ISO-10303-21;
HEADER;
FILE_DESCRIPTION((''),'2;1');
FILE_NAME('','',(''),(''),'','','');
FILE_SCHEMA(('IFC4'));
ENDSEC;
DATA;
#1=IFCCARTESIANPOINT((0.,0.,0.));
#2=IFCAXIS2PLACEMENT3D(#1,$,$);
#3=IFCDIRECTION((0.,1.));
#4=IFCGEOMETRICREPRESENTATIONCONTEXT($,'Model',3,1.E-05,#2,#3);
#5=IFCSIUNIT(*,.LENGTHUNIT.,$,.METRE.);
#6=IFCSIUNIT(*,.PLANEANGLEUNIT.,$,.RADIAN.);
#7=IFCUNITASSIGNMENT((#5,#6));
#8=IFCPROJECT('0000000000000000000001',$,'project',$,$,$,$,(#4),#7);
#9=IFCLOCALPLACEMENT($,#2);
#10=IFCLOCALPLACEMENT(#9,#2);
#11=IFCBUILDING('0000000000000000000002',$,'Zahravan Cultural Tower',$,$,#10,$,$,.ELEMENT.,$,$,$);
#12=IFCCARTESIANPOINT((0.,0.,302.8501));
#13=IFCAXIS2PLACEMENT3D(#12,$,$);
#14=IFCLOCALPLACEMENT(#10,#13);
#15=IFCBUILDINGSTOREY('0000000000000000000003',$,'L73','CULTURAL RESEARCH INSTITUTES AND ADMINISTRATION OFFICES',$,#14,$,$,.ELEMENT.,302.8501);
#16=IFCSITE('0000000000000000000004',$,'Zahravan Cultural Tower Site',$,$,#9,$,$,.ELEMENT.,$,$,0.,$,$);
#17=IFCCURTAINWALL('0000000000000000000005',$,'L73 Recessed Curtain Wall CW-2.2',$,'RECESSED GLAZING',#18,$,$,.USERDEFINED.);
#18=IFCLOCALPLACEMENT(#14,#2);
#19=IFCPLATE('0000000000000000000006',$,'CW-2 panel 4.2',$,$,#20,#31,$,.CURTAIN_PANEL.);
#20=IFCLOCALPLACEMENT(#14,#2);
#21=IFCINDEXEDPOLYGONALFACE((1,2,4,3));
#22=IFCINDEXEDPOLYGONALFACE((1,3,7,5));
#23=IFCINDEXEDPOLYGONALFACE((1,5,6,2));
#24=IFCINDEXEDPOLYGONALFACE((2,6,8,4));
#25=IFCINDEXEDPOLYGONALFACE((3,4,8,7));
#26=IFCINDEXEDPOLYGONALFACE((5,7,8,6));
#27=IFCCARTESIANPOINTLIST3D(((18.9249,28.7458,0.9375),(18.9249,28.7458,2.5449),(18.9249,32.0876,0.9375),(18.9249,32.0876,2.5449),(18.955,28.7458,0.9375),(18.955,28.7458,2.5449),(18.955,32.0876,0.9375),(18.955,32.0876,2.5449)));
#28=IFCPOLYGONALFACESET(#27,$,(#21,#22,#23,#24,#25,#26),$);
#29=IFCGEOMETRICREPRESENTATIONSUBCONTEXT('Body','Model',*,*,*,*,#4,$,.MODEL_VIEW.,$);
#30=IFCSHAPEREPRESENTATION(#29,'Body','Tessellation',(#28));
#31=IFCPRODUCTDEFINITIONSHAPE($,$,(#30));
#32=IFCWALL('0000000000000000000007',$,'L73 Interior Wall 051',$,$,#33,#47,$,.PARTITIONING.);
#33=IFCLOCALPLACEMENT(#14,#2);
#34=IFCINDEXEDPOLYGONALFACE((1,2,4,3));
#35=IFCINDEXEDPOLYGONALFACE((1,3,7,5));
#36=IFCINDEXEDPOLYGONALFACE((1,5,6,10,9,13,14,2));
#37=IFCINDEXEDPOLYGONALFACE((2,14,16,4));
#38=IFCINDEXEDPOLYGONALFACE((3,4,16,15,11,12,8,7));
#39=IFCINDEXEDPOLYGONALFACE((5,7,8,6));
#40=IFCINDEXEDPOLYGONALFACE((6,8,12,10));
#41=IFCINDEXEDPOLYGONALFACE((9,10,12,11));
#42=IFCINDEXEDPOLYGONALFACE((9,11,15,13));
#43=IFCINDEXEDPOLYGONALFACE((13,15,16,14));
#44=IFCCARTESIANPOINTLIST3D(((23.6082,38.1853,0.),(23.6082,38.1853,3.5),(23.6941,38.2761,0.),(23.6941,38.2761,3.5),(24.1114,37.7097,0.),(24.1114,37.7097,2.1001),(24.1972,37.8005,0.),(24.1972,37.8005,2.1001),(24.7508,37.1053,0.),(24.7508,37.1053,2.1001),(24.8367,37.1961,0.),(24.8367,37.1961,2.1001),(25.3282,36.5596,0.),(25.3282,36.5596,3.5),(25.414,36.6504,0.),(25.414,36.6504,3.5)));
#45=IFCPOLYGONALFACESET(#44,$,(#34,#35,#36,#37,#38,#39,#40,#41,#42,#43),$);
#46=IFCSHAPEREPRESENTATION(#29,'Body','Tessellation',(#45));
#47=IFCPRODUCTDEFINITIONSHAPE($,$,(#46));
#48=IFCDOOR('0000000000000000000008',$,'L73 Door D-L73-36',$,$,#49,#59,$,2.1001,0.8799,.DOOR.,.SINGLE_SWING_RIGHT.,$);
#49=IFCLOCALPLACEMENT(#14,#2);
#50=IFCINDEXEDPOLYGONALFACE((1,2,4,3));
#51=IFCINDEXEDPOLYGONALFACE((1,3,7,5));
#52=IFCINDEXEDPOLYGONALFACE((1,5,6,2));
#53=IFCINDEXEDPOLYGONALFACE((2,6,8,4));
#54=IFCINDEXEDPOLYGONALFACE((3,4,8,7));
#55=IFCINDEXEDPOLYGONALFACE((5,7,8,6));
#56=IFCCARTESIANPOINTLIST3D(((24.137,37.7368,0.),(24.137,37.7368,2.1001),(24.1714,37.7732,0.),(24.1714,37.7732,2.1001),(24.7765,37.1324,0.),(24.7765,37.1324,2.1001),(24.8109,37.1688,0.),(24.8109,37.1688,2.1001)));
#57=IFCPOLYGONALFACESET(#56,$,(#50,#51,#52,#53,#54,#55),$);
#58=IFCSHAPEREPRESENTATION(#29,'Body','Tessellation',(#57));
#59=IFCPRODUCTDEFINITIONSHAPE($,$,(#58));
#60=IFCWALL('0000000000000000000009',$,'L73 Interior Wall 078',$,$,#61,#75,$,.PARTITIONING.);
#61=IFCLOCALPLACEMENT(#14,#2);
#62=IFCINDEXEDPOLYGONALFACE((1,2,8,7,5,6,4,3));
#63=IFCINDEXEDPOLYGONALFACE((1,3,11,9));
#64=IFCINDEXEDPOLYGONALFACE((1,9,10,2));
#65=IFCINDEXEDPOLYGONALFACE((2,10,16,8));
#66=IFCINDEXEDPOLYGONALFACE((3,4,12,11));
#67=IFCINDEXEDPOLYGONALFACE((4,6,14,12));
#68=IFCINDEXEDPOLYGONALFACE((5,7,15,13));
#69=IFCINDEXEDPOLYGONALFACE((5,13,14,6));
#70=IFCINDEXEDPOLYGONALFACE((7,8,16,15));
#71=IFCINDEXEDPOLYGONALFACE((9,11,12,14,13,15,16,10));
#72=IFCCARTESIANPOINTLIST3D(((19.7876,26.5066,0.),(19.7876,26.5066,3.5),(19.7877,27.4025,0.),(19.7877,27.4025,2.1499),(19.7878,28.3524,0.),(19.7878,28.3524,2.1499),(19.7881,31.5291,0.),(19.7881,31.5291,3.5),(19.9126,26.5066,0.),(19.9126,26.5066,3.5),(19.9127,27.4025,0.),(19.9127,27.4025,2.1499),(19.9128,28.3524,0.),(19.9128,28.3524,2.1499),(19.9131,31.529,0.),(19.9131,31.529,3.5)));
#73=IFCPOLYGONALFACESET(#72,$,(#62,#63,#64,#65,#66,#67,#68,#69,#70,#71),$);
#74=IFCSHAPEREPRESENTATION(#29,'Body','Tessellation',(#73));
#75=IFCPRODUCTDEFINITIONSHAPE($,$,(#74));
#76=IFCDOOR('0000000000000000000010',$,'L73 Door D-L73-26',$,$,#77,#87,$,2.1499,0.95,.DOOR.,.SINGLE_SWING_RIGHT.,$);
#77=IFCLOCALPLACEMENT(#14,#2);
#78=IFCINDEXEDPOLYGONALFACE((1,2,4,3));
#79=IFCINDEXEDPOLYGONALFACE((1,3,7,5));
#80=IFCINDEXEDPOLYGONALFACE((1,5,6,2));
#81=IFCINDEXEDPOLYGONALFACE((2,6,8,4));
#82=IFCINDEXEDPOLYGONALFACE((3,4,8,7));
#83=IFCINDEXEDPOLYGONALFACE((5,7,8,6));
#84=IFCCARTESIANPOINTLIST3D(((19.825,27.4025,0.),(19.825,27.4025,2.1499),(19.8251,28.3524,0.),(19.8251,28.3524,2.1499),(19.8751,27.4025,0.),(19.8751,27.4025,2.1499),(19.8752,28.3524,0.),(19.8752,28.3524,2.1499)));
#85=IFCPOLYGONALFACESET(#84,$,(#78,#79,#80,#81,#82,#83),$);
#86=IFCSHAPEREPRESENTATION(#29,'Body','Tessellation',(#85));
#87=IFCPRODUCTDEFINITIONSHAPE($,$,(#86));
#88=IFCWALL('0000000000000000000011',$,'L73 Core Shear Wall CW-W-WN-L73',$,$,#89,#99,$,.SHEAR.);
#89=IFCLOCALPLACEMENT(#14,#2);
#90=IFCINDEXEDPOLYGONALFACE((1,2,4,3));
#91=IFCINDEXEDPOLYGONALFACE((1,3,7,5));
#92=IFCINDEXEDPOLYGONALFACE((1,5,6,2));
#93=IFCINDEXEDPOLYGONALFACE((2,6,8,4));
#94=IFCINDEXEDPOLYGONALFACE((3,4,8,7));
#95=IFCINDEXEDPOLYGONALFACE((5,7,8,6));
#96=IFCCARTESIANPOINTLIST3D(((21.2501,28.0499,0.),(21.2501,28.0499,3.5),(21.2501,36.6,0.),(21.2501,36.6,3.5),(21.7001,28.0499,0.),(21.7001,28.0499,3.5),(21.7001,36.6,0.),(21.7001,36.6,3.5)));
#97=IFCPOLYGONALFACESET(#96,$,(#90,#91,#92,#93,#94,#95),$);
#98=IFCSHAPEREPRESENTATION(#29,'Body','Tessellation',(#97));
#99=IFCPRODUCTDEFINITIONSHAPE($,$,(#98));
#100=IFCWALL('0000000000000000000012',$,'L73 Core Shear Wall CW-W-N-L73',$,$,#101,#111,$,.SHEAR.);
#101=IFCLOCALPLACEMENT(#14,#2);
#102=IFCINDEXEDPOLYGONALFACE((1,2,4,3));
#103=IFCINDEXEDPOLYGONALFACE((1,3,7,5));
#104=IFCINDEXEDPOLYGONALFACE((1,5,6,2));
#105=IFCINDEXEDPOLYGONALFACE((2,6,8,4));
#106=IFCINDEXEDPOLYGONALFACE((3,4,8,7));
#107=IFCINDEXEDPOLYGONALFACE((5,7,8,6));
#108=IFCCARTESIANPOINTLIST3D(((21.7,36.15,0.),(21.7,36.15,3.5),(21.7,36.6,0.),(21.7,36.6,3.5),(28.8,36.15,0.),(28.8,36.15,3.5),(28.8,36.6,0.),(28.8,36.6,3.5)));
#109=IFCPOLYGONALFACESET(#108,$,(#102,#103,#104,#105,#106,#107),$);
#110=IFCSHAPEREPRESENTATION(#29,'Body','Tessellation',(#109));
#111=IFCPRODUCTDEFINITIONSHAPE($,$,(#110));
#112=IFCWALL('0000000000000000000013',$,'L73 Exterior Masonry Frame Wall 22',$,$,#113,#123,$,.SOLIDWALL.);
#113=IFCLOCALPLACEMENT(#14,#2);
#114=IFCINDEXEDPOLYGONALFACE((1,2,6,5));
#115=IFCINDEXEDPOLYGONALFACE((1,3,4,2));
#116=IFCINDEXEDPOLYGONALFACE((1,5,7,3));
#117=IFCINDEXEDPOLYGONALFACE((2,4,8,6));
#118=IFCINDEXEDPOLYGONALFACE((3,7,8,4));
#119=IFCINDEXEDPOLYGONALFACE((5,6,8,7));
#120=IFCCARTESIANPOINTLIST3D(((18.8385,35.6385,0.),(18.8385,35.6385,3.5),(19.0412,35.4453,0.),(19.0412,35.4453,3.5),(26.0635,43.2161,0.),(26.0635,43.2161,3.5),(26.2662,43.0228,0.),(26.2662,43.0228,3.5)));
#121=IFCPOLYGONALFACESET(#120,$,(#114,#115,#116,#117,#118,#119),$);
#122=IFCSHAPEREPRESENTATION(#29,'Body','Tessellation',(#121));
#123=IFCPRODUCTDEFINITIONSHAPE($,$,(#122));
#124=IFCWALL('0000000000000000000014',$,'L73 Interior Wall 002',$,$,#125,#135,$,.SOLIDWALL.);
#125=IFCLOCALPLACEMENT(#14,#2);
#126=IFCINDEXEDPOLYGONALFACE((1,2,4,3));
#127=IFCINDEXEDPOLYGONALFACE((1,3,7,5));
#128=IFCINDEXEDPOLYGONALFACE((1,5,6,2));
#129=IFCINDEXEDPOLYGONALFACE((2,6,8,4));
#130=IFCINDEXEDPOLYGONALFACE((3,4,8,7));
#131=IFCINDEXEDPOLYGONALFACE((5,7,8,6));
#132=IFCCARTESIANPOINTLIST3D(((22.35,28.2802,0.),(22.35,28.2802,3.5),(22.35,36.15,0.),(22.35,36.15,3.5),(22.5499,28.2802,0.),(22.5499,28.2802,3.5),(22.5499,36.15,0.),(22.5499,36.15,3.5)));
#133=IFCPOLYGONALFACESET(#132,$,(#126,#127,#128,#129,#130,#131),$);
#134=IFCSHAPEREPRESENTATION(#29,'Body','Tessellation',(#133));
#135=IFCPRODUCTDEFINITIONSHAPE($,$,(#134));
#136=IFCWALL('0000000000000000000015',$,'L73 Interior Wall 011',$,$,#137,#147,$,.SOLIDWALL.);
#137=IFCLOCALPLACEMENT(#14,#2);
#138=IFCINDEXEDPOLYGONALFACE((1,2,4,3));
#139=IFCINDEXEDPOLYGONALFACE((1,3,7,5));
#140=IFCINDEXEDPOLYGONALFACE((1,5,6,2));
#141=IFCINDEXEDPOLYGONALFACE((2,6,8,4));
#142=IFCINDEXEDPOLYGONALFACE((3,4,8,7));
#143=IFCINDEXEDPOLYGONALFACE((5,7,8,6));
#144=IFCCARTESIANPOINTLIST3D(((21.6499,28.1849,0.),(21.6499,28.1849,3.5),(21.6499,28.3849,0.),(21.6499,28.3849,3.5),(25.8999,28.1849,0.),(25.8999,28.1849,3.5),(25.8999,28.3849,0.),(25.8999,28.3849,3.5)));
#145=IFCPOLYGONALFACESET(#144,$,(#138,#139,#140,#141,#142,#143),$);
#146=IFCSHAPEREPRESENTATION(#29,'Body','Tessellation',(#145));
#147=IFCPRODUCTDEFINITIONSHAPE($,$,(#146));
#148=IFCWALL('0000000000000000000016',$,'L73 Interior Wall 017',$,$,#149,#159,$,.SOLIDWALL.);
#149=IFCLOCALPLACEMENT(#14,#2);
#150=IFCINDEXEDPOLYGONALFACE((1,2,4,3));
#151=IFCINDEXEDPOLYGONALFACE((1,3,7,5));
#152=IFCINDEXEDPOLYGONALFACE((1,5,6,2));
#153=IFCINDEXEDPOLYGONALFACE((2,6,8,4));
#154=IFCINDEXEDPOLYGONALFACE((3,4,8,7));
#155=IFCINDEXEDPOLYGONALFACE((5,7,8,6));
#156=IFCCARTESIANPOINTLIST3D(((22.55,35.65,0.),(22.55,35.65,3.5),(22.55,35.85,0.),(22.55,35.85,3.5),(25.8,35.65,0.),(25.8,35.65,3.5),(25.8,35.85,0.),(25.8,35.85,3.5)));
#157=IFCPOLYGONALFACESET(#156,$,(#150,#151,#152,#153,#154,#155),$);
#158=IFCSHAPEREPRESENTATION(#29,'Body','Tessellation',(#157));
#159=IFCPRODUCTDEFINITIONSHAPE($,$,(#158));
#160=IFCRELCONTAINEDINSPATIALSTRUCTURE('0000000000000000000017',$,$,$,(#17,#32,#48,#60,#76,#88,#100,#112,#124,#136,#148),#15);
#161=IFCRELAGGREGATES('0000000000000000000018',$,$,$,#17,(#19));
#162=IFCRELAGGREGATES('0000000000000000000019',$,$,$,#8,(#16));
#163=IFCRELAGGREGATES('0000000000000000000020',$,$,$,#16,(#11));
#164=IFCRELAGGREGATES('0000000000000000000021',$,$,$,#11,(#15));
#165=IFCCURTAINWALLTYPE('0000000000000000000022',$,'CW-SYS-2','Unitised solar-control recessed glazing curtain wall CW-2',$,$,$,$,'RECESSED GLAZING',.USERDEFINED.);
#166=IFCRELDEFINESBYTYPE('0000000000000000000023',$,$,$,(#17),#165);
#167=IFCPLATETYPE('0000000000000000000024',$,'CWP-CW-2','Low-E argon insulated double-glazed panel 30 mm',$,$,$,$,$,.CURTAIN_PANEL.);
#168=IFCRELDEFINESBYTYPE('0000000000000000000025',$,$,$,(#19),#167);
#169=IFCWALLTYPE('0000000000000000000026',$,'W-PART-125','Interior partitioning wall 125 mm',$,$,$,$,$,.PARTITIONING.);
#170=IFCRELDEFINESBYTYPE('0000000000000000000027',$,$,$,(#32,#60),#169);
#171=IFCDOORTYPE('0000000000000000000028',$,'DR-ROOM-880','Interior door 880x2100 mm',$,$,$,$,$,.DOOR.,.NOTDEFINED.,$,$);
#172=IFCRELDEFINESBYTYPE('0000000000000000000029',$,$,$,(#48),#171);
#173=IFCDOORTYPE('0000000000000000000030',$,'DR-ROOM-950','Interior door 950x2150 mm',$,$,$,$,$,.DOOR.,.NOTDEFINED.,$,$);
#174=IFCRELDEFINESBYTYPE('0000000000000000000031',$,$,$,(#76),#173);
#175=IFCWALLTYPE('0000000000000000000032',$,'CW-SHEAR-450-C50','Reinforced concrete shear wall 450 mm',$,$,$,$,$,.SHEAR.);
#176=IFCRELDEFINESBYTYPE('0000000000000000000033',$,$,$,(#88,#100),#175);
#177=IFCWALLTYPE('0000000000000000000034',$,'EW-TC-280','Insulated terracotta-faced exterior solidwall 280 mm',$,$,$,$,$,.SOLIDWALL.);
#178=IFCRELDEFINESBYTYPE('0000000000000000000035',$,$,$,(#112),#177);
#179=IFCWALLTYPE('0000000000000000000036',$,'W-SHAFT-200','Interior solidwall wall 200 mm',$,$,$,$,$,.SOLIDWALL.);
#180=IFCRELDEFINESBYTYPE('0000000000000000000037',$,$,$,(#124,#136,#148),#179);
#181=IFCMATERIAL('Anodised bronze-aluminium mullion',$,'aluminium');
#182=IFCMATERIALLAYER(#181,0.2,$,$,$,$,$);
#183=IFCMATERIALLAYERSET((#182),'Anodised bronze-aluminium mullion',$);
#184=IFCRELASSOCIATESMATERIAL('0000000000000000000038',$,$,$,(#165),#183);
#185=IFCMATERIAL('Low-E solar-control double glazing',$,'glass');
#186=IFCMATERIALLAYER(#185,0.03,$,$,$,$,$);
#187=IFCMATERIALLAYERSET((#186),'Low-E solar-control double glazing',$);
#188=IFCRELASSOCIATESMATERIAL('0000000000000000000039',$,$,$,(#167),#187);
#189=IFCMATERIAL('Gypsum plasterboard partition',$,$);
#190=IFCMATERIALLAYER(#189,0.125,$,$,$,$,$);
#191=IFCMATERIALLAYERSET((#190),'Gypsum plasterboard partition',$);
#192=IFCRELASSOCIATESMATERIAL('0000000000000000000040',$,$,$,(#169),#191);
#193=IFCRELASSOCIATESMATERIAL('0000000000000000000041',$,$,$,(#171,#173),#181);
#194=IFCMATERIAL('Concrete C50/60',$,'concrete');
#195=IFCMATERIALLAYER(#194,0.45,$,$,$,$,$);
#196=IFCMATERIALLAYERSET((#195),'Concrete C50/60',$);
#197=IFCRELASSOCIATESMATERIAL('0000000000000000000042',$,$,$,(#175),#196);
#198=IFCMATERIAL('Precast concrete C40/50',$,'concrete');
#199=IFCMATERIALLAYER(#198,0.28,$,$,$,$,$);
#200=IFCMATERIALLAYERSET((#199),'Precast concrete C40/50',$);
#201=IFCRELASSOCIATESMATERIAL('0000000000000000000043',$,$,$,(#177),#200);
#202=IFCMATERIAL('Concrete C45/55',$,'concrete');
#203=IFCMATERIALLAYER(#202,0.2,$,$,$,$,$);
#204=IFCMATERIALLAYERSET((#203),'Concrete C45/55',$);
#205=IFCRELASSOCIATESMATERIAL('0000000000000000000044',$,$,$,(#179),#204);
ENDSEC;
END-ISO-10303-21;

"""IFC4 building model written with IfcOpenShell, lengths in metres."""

from ifc_helpers import new_model, si_unit, direction, frame, frame_2d, origin, origin_2d, place, context, subcontext, project, spatial, rectangle, extrude, source, transform, mapped, material, layer, layer_set, type_object, element, fill, aggregate, save


model = new_model("IFC4")

# Units and contexts
model_context = context("Model", 3, precision=1e-05, world=origin(), true_north=direction((0.0, 1.0)))
body_context = subcontext(model_context, "Body", "Model", "MODEL_VIEW")
ifc_project = project(units=[si_unit("LENGTHUNIT", "METRE"), si_unit("PLANEANGLEUNIT", "RADIAN")], contexts=[model_context])

# Site, building, storey
site_placement = place(None, origin())
site = spatial("IfcSite", under=ifc_project, at=site_placement, Name="Zahravan Cultural Tower Site", CompositionType="ELEMENT", RefElevation=0.0)
building_placement = place(site_placement, origin())
building = spatial("IfcBuilding", under=site, at=building_placement, Name="Zahravan Cultural Tower", CompositionType="ELEMENT")
storey_placement = place(building_placement, frame((0.0, 0.0, 302.8501)))
storey = spatial("IfcBuildingStorey", under=building, at=storey_placement, Name="L73", Description="CULTURAL RESEARCH INSTITUTES AND ADMINISTRATION OFFICES", CompositionType="ELEMENT", Elevation=302.8501)

# Shared definitions
ifc_material_1 = material(Name="Concrete C50/60", Category="concrete")

# Curtain wall, plate
ifc_material_2 = material(Name="Anodised bronze-aluminium mullion", Category="aluminium")
ifc_layer_1 = layer(ifc_material_2, 0.2)
ifc_layer_set_1 = layer_set([ifc_layer_1], Name="Anodised bronze-aluminium mullion")
curtain_wall_type = type_object("IfcCurtainWallType", Name="CW-SYS-2", Description="Unitised solar-control recessed glazing curtain wall CW-2", ElementType="RECESSED GLAZING", PredefinedType="USERDEFINED", material=ifc_layer_set_1)
curtain_wall_placement = place(storey_placement, origin())
curtain_wall = element("IfcCurtainWall", 1, at=curtain_wall_placement, inside=storey, type_object=curtain_wall_type, Name="L73 Recessed Curtain Wall CW-2.2", ObjectType="RECESSED GLAZING", PredefinedType="USERDEFINED")
ifc_material_3 = material(Name="Low-E solar-control double glazing", Category="glass")
ifc_layer_2 = layer(ifc_material_3, 0.03)
ifc_layer_set_2 = layer_set([ifc_layer_2], Name="Low-E solar-control double glazing")
plate_type = type_object("IfcPlateType", Name="CWP-CW-2", Description="Low-E argon insulated double-glazed panel 30 mm", PredefinedType="CURTAIN_PANEL", material=ifc_layer_set_2)
shared_shape_1 = source(origin(), body_context, "Body", "SweptSolid", [
    extrude(rectangle(XDim=3.3418, YDim=0.03, at=origin_2d()), origin(), (0.0, 0.0, 1.0), 1.6074),
])
plate_1_placement = place(storey_placement, frame((18.9399, 30.4167, 0.9375), z_axis=(0.0, 0.0, 1.0), x_axis=(0.0, 1.0, 0.0)))
plate_1 = element("IfcPlate", 2, at=plate_1_placement, type_object=plate_type, Name="CW-2 panel 4.2", PredefinedType="CURTAIN_PANEL", context=body_context, shape_type="MappedRepresentation", body=[
    mapped(shared_shape_1, transform((0.0, 0.0, 0.0), x_axis=(1.0, 0.0, 0.0), y_axis=(0.0, 1.0, 0.0), z_axis=(0.0, 0.0, 1.0), scale=1.0)),
])
aggregate(curtain_wall, [plate_1])

# Walls, openings, doors
ifc_material_4 = material(Name="Gypsum plasterboard partition")
ifc_layer_3 = layer(ifc_material_4, 0.125)
ifc_layer_set_3 = layer_set([ifc_layer_3], Name="Gypsum plasterboard partition")
wall_type_1 = type_object("IfcWallType", Name="W-PART-125", Description="Interior partitioning wall 125 mm", PredefinedType="PARTITIONING", material=ifc_layer_set_3)
wall_1_placement = place(storey_placement, frame((23.6511, 38.2307, 0.0), z_axis=(0.0, 0.0, 1.0), x_axis=(0.726736, -0.686917, 0.0)))
wall_1 = element("IfcWall", 3, at=wall_1_placement, inside=storey, type_object=wall_type_1, Name="L73 Interior Wall 051", PredefinedType="PARTITIONING", context=body_context, shape_type="SweptSolid", body=[
    extrude(rectangle(XDim=2.3667, YDim=0.125, at=frame_2d((1.1833, 0.0))), origin(), (0.0, 0.0, 1.0), 3.5),
])
opening_1_placement = place(wall_1_placement, frame((0.6924, 0.0, 0.0)))
opening_1 = element("IfcOpeningElement", 4, at=opening_1_placement, cuts=wall_1, PredefinedType="OPENING", context=body_context, shape_type="SweptSolid", body=[
    extrude(rectangle(XDim=0.8799, YDim=2.1001, at=frame_2d((0.4399, 1.05))), frame((0.0, 0.0725, 0.0), z_axis=(0.0, -1.0, 0.0), x_axis=(1.0, 0.0, 0.0)), (0.0, 0.0, 1.0), 0.145),
])
door_type_1 = type_object("IfcDoorType", Name="DR-ROOM-880", Description="Interior door 880x2100 mm", OperationType="NOTDEFINED", PredefinedType="DOOR", material=ifc_material_2)
shared_shape_2 = source(origin(), body_context, "Body", "SweptSolid", [
    extrude(rectangle(XDim=0.8799, YDim=2.1001, at=frame_2d((0.4399, 1.05))), frame((0.0, 0.0249, 0.0), z_axis=(0.0, -1.0, 0.0), x_axis=(1.0, 0.0, 0.0)), (0.0, 0.0, 1.0), 0.05),
])
door_1_placement = place(opening_1_placement, origin())
door_1 = element("IfcDoor", 5, at=door_1_placement, inside=storey, type_object=door_type_1, Name="L73 Door D-L73-36", OperationType="SINGLE_SWING_RIGHT", OverallHeight=2.1001, OverallWidth=0.8799, PredefinedType="DOOR", context=body_context, shape_type="MappedRepresentation", body=[
    mapped(shared_shape_2, transform((0.0, 0.0, 0.0), x_axis=(1.0, 0.0, 0.0), y_axis=(0.0, 1.0, 0.0), z_axis=(0.0, 0.0, 1.0), scale=1.0)),
])
fill(opening_1, door_1)
wall_2_placement = place(storey_placement, frame((19.8506, 31.5291, 0.0), z_axis=(0.0, 0.0, 1.0), x_axis=(-0.000097, -1.0, 0.0)))
wall_2 = element("IfcWall", 6, at=wall_2_placement, inside=storey, type_object=wall_type_1, Name="L73 Interior Wall 078", PredefinedType="PARTITIONING", context=body_context, shape_type="SweptSolid", body=[
    extrude(rectangle(XDim=5.0225, YDim=0.125, at=frame_2d((2.5112, 0.0))), origin(), (0.0, 0.0, 1.0), 3.5),
])
opening_2_placement = place(wall_2_placement, frame((3.1765, 0.0, 0.0)))
opening_2 = element("IfcOpeningElement", 7, at=opening_2_placement, cuts=wall_2, PredefinedType="OPENING", context=body_context, shape_type="SweptSolid", body=[
    extrude(rectangle(XDim=0.95, YDim=2.1499, at=frame_2d((0.4751, 1.075))), frame((0.0, 0.0725, 0.0), z_axis=(0.0, -1.0, 0.0), x_axis=(1.0, 0.0, 0.0)), (0.0, 0.0, 1.0), 0.145),
])
door_type_2 = type_object("IfcDoorType", Name="DR-ROOM-950", Description="Interior door 950x2150 mm", OperationType="NOTDEFINED", PredefinedType="DOOR", material=ifc_material_2)
shared_shape_3 = source(origin(), body_context, "Body", "SweptSolid", [
    extrude(rectangle(XDim=0.95, YDim=2.1499, at=frame_2d((0.4751, 1.075))), frame((0.0, 0.0249, 0.0), z_axis=(0.0, -1.0, 0.0), x_axis=(1.0, 0.0, 0.0)), (0.0, 0.0, 1.0), 0.05),
])
door_2_placement = place(opening_2_placement, origin())
door_2 = element("IfcDoor", 8, at=door_2_placement, inside=storey, type_object=door_type_2, Name="L73 Door D-L73-26", OperationType="SINGLE_SWING_RIGHT", OverallHeight=2.1499, OverallWidth=0.95, PredefinedType="DOOR", context=body_context, shape_type="MappedRepresentation", body=[
    mapped(shared_shape_3, transform((0.0, 0.0, 0.0), x_axis=(1.0, 0.0, 0.0), y_axis=(0.0, 1.0, 0.0), z_axis=(0.0, 0.0, 1.0), scale=1.0)),
])
fill(opening_2, door_2)

# Walls
ifc_layer_4 = layer(ifc_material_1, 0.45)
ifc_layer_set_4 = layer_set([ifc_layer_4], Name="Concrete C50/60")
wall_type_2 = type_object("IfcWallType", Name="CW-SHEAR-450-C50", Description="Reinforced concrete shear wall 450 mm", PredefinedType="SHEAR", material=ifc_layer_set_4)
shared_shape_4 = source(origin(), body_context, "Body", "SweptSolid", [
    extrude(rectangle(XDim=8.55, YDim=0.45, at=frame_2d((4.2749, 0.0))), origin(), (0.0, 0.0, 1.0), 3.5),
])
wall_3_placement = place(storey_placement, frame((21.4751, 28.05, 0.0), z_axis=(0.0, 0.0, 1.0), x_axis=(0.0, 1.0, 0.0)))
element("IfcWall", 9, at=wall_3_placement, inside=storey, type_object=wall_type_2, Name="L73 Core Shear Wall CW-W-WN-L73", PredefinedType="SHEAR", context=body_context, shape_type="MappedRepresentation", body=[
    mapped(shared_shape_4, transform((0.0, 0.0, 0.0), x_axis=(1.0, 0.0, 0.0), y_axis=(0.0, 1.0, 0.0), z_axis=(0.0, 0.0, 1.0), scale=1.0)),
])
shared_shape_5 = source(origin(), body_context, "Body", "SweptSolid", [
    extrude(rectangle(XDim=7.1001, YDim=0.45, at=frame_2d((3.55, 0.0))), origin(), (0.0, 0.0, 1.0), 3.5),
])
wall_4_placement = place(storey_placement, frame((21.7, 36.375, 0.0), z_axis=(0.0, 0.0, 1.0), x_axis=(1.0, 0.0, 0.0)))
element("IfcWall", 10, at=wall_4_placement, inside=storey, type_object=wall_type_2, Name="L73 Core Shear Wall CW-W-N-L73", PredefinedType="SHEAR", context=body_context, shape_type="MappedRepresentation", body=[
    mapped(shared_shape_5, transform((0.0, 0.0, 0.0), x_axis=(1.0, 0.0, 0.0), y_axis=(0.0, 1.0, 0.0), z_axis=(0.0, 0.0, 1.0), scale=1.0)),
])
ifc_material_5 = material(Name="Precast concrete C40/50", Category="concrete")
ifc_layer_5 = layer(ifc_material_5, 0.28)
ifc_layer_set_5 = layer_set([ifc_layer_5], Name="Precast concrete C40/50")
wall_type_3 = type_object("IfcWallType", Name="EW-TC-280", Description="Insulated terracotta-faced exterior solidwall 280 mm", PredefinedType="SOLIDWALL", material=ifc_layer_set_5)
shared_shape_6 = source(origin(), body_context, "Body", "SweptSolid", [
    extrude(rectangle(XDim=10.47, YDim=0.28, at=frame_2d((5.2349, 0.0))), origin(), (0.0, 0.0, 1.0), 3.5),
])
wall_5_placement = place(storey_placement, frame((18.9399, 35.542, 0.0), z_axis=(0.0, 0.0, 1.0), x_axis=(0.690071, 0.723742, 0.0)))
element("IfcWall", 11, at=wall_5_placement, inside=storey, type_object=wall_type_3, Name="L73 Exterior Masonry Frame Wall 22", PredefinedType="SOLIDWALL", context=body_context, shape_type="MappedRepresentation", body=[
    mapped(shared_shape_6, transform((0.0, 0.0, 0.0), x_axis=(1.0, 0.0, 0.0), y_axis=(0.0, 1.0, 0.0), z_axis=(0.0, 0.0, 1.0), scale=1.0)),
])
ifc_material_6 = material(Name="Concrete C45/55", Category="concrete")
ifc_layer_6 = layer(ifc_material_6, 0.2)
ifc_layer_set_6 = layer_set([ifc_layer_6], Name="Concrete C45/55")
wall_type_4 = type_object("IfcWallType", Name="W-SHAFT-200", Description="Interior solidwall wall 200 mm", PredefinedType="SOLIDWALL", material=ifc_layer_set_6)
shared_shape_7 = source(origin(), body_context, "Body", "SweptSolid", [
    extrude(rectangle(XDim=7.8699, YDim=0.2, at=frame_2d((3.9351, 0.0))), origin(), (0.0, 0.0, 1.0), 3.5),
])
wall_6_placement = place(storey_placement, frame((22.45, 28.28, 0.0), z_axis=(0.0, 0.0, 1.0), x_axis=(0.0, 1.0, 0.0)))
element("IfcWall", 12, at=wall_6_placement, inside=storey, type_object=wall_type_4, Name="L73 Interior Wall 002", PredefinedType="SOLIDWALL", context=body_context, shape_type="MappedRepresentation", body=[
    mapped(shared_shape_7, transform((0.0, 0.0, 0.0), x_axis=(1.0, 0.0, 0.0), y_axis=(0.0, 1.0, 0.0), z_axis=(0.0, 0.0, 1.0), scale=1.0)),
])
shared_shape_8 = source(origin(), body_context, "Body", "SweptSolid", [
    extrude(rectangle(XDim=4.25, YDim=0.2, at=frame_2d((2.125, 0.0))), origin(), (0.0, 0.0, 1.0), 3.5),
])
wall_7_placement = place(storey_placement, frame((21.6499, 28.2849, 0.0), z_axis=(0.0, 0.0, 1.0), x_axis=(1.0, 0.0, 0.0)))
element("IfcWall", 13, at=wall_7_placement, inside=storey, type_object=wall_type_4, Name="L73 Interior Wall 011", PredefinedType="SOLIDWALL", context=body_context, shape_type="MappedRepresentation", body=[
    mapped(shared_shape_8, transform((0.0, 0.0, 0.0), x_axis=(1.0, 0.0, 0.0), y_axis=(0.0, 1.0, 0.0), z_axis=(0.0, 0.0, 1.0), scale=1.0)),
])
shared_shape_9 = source(origin(), body_context, "Body", "SweptSolid", [
    extrude(rectangle(XDim=3.25, YDim=0.2, at=frame_2d((1.625, 0.0))), origin(), (0.0, 0.0, 1.0), 3.5),
])
wall_8_placement = place(storey_placement, frame((22.55, 35.75, 0.0), z_axis=(0.0, 0.0, 1.0), x_axis=(1.0, 0.0, 0.0)))
element("IfcWall", 14, at=wall_8_placement, inside=storey, type_object=wall_type_4, Name="L73 Interior Wall 017", PredefinedType="SOLIDWALL", context=body_context, shape_type="MappedRepresentation", body=[
    mapped(shared_shape_9, transform((0.0, 0.0, 0.0), x_axis=(1.0, 0.0, 0.0), y_axis=(0.0, 1.0, 0.0), z_axis=(0.0, 0.0, 1.0), scale=1.0)),
])

save(model, "model.ifc")
